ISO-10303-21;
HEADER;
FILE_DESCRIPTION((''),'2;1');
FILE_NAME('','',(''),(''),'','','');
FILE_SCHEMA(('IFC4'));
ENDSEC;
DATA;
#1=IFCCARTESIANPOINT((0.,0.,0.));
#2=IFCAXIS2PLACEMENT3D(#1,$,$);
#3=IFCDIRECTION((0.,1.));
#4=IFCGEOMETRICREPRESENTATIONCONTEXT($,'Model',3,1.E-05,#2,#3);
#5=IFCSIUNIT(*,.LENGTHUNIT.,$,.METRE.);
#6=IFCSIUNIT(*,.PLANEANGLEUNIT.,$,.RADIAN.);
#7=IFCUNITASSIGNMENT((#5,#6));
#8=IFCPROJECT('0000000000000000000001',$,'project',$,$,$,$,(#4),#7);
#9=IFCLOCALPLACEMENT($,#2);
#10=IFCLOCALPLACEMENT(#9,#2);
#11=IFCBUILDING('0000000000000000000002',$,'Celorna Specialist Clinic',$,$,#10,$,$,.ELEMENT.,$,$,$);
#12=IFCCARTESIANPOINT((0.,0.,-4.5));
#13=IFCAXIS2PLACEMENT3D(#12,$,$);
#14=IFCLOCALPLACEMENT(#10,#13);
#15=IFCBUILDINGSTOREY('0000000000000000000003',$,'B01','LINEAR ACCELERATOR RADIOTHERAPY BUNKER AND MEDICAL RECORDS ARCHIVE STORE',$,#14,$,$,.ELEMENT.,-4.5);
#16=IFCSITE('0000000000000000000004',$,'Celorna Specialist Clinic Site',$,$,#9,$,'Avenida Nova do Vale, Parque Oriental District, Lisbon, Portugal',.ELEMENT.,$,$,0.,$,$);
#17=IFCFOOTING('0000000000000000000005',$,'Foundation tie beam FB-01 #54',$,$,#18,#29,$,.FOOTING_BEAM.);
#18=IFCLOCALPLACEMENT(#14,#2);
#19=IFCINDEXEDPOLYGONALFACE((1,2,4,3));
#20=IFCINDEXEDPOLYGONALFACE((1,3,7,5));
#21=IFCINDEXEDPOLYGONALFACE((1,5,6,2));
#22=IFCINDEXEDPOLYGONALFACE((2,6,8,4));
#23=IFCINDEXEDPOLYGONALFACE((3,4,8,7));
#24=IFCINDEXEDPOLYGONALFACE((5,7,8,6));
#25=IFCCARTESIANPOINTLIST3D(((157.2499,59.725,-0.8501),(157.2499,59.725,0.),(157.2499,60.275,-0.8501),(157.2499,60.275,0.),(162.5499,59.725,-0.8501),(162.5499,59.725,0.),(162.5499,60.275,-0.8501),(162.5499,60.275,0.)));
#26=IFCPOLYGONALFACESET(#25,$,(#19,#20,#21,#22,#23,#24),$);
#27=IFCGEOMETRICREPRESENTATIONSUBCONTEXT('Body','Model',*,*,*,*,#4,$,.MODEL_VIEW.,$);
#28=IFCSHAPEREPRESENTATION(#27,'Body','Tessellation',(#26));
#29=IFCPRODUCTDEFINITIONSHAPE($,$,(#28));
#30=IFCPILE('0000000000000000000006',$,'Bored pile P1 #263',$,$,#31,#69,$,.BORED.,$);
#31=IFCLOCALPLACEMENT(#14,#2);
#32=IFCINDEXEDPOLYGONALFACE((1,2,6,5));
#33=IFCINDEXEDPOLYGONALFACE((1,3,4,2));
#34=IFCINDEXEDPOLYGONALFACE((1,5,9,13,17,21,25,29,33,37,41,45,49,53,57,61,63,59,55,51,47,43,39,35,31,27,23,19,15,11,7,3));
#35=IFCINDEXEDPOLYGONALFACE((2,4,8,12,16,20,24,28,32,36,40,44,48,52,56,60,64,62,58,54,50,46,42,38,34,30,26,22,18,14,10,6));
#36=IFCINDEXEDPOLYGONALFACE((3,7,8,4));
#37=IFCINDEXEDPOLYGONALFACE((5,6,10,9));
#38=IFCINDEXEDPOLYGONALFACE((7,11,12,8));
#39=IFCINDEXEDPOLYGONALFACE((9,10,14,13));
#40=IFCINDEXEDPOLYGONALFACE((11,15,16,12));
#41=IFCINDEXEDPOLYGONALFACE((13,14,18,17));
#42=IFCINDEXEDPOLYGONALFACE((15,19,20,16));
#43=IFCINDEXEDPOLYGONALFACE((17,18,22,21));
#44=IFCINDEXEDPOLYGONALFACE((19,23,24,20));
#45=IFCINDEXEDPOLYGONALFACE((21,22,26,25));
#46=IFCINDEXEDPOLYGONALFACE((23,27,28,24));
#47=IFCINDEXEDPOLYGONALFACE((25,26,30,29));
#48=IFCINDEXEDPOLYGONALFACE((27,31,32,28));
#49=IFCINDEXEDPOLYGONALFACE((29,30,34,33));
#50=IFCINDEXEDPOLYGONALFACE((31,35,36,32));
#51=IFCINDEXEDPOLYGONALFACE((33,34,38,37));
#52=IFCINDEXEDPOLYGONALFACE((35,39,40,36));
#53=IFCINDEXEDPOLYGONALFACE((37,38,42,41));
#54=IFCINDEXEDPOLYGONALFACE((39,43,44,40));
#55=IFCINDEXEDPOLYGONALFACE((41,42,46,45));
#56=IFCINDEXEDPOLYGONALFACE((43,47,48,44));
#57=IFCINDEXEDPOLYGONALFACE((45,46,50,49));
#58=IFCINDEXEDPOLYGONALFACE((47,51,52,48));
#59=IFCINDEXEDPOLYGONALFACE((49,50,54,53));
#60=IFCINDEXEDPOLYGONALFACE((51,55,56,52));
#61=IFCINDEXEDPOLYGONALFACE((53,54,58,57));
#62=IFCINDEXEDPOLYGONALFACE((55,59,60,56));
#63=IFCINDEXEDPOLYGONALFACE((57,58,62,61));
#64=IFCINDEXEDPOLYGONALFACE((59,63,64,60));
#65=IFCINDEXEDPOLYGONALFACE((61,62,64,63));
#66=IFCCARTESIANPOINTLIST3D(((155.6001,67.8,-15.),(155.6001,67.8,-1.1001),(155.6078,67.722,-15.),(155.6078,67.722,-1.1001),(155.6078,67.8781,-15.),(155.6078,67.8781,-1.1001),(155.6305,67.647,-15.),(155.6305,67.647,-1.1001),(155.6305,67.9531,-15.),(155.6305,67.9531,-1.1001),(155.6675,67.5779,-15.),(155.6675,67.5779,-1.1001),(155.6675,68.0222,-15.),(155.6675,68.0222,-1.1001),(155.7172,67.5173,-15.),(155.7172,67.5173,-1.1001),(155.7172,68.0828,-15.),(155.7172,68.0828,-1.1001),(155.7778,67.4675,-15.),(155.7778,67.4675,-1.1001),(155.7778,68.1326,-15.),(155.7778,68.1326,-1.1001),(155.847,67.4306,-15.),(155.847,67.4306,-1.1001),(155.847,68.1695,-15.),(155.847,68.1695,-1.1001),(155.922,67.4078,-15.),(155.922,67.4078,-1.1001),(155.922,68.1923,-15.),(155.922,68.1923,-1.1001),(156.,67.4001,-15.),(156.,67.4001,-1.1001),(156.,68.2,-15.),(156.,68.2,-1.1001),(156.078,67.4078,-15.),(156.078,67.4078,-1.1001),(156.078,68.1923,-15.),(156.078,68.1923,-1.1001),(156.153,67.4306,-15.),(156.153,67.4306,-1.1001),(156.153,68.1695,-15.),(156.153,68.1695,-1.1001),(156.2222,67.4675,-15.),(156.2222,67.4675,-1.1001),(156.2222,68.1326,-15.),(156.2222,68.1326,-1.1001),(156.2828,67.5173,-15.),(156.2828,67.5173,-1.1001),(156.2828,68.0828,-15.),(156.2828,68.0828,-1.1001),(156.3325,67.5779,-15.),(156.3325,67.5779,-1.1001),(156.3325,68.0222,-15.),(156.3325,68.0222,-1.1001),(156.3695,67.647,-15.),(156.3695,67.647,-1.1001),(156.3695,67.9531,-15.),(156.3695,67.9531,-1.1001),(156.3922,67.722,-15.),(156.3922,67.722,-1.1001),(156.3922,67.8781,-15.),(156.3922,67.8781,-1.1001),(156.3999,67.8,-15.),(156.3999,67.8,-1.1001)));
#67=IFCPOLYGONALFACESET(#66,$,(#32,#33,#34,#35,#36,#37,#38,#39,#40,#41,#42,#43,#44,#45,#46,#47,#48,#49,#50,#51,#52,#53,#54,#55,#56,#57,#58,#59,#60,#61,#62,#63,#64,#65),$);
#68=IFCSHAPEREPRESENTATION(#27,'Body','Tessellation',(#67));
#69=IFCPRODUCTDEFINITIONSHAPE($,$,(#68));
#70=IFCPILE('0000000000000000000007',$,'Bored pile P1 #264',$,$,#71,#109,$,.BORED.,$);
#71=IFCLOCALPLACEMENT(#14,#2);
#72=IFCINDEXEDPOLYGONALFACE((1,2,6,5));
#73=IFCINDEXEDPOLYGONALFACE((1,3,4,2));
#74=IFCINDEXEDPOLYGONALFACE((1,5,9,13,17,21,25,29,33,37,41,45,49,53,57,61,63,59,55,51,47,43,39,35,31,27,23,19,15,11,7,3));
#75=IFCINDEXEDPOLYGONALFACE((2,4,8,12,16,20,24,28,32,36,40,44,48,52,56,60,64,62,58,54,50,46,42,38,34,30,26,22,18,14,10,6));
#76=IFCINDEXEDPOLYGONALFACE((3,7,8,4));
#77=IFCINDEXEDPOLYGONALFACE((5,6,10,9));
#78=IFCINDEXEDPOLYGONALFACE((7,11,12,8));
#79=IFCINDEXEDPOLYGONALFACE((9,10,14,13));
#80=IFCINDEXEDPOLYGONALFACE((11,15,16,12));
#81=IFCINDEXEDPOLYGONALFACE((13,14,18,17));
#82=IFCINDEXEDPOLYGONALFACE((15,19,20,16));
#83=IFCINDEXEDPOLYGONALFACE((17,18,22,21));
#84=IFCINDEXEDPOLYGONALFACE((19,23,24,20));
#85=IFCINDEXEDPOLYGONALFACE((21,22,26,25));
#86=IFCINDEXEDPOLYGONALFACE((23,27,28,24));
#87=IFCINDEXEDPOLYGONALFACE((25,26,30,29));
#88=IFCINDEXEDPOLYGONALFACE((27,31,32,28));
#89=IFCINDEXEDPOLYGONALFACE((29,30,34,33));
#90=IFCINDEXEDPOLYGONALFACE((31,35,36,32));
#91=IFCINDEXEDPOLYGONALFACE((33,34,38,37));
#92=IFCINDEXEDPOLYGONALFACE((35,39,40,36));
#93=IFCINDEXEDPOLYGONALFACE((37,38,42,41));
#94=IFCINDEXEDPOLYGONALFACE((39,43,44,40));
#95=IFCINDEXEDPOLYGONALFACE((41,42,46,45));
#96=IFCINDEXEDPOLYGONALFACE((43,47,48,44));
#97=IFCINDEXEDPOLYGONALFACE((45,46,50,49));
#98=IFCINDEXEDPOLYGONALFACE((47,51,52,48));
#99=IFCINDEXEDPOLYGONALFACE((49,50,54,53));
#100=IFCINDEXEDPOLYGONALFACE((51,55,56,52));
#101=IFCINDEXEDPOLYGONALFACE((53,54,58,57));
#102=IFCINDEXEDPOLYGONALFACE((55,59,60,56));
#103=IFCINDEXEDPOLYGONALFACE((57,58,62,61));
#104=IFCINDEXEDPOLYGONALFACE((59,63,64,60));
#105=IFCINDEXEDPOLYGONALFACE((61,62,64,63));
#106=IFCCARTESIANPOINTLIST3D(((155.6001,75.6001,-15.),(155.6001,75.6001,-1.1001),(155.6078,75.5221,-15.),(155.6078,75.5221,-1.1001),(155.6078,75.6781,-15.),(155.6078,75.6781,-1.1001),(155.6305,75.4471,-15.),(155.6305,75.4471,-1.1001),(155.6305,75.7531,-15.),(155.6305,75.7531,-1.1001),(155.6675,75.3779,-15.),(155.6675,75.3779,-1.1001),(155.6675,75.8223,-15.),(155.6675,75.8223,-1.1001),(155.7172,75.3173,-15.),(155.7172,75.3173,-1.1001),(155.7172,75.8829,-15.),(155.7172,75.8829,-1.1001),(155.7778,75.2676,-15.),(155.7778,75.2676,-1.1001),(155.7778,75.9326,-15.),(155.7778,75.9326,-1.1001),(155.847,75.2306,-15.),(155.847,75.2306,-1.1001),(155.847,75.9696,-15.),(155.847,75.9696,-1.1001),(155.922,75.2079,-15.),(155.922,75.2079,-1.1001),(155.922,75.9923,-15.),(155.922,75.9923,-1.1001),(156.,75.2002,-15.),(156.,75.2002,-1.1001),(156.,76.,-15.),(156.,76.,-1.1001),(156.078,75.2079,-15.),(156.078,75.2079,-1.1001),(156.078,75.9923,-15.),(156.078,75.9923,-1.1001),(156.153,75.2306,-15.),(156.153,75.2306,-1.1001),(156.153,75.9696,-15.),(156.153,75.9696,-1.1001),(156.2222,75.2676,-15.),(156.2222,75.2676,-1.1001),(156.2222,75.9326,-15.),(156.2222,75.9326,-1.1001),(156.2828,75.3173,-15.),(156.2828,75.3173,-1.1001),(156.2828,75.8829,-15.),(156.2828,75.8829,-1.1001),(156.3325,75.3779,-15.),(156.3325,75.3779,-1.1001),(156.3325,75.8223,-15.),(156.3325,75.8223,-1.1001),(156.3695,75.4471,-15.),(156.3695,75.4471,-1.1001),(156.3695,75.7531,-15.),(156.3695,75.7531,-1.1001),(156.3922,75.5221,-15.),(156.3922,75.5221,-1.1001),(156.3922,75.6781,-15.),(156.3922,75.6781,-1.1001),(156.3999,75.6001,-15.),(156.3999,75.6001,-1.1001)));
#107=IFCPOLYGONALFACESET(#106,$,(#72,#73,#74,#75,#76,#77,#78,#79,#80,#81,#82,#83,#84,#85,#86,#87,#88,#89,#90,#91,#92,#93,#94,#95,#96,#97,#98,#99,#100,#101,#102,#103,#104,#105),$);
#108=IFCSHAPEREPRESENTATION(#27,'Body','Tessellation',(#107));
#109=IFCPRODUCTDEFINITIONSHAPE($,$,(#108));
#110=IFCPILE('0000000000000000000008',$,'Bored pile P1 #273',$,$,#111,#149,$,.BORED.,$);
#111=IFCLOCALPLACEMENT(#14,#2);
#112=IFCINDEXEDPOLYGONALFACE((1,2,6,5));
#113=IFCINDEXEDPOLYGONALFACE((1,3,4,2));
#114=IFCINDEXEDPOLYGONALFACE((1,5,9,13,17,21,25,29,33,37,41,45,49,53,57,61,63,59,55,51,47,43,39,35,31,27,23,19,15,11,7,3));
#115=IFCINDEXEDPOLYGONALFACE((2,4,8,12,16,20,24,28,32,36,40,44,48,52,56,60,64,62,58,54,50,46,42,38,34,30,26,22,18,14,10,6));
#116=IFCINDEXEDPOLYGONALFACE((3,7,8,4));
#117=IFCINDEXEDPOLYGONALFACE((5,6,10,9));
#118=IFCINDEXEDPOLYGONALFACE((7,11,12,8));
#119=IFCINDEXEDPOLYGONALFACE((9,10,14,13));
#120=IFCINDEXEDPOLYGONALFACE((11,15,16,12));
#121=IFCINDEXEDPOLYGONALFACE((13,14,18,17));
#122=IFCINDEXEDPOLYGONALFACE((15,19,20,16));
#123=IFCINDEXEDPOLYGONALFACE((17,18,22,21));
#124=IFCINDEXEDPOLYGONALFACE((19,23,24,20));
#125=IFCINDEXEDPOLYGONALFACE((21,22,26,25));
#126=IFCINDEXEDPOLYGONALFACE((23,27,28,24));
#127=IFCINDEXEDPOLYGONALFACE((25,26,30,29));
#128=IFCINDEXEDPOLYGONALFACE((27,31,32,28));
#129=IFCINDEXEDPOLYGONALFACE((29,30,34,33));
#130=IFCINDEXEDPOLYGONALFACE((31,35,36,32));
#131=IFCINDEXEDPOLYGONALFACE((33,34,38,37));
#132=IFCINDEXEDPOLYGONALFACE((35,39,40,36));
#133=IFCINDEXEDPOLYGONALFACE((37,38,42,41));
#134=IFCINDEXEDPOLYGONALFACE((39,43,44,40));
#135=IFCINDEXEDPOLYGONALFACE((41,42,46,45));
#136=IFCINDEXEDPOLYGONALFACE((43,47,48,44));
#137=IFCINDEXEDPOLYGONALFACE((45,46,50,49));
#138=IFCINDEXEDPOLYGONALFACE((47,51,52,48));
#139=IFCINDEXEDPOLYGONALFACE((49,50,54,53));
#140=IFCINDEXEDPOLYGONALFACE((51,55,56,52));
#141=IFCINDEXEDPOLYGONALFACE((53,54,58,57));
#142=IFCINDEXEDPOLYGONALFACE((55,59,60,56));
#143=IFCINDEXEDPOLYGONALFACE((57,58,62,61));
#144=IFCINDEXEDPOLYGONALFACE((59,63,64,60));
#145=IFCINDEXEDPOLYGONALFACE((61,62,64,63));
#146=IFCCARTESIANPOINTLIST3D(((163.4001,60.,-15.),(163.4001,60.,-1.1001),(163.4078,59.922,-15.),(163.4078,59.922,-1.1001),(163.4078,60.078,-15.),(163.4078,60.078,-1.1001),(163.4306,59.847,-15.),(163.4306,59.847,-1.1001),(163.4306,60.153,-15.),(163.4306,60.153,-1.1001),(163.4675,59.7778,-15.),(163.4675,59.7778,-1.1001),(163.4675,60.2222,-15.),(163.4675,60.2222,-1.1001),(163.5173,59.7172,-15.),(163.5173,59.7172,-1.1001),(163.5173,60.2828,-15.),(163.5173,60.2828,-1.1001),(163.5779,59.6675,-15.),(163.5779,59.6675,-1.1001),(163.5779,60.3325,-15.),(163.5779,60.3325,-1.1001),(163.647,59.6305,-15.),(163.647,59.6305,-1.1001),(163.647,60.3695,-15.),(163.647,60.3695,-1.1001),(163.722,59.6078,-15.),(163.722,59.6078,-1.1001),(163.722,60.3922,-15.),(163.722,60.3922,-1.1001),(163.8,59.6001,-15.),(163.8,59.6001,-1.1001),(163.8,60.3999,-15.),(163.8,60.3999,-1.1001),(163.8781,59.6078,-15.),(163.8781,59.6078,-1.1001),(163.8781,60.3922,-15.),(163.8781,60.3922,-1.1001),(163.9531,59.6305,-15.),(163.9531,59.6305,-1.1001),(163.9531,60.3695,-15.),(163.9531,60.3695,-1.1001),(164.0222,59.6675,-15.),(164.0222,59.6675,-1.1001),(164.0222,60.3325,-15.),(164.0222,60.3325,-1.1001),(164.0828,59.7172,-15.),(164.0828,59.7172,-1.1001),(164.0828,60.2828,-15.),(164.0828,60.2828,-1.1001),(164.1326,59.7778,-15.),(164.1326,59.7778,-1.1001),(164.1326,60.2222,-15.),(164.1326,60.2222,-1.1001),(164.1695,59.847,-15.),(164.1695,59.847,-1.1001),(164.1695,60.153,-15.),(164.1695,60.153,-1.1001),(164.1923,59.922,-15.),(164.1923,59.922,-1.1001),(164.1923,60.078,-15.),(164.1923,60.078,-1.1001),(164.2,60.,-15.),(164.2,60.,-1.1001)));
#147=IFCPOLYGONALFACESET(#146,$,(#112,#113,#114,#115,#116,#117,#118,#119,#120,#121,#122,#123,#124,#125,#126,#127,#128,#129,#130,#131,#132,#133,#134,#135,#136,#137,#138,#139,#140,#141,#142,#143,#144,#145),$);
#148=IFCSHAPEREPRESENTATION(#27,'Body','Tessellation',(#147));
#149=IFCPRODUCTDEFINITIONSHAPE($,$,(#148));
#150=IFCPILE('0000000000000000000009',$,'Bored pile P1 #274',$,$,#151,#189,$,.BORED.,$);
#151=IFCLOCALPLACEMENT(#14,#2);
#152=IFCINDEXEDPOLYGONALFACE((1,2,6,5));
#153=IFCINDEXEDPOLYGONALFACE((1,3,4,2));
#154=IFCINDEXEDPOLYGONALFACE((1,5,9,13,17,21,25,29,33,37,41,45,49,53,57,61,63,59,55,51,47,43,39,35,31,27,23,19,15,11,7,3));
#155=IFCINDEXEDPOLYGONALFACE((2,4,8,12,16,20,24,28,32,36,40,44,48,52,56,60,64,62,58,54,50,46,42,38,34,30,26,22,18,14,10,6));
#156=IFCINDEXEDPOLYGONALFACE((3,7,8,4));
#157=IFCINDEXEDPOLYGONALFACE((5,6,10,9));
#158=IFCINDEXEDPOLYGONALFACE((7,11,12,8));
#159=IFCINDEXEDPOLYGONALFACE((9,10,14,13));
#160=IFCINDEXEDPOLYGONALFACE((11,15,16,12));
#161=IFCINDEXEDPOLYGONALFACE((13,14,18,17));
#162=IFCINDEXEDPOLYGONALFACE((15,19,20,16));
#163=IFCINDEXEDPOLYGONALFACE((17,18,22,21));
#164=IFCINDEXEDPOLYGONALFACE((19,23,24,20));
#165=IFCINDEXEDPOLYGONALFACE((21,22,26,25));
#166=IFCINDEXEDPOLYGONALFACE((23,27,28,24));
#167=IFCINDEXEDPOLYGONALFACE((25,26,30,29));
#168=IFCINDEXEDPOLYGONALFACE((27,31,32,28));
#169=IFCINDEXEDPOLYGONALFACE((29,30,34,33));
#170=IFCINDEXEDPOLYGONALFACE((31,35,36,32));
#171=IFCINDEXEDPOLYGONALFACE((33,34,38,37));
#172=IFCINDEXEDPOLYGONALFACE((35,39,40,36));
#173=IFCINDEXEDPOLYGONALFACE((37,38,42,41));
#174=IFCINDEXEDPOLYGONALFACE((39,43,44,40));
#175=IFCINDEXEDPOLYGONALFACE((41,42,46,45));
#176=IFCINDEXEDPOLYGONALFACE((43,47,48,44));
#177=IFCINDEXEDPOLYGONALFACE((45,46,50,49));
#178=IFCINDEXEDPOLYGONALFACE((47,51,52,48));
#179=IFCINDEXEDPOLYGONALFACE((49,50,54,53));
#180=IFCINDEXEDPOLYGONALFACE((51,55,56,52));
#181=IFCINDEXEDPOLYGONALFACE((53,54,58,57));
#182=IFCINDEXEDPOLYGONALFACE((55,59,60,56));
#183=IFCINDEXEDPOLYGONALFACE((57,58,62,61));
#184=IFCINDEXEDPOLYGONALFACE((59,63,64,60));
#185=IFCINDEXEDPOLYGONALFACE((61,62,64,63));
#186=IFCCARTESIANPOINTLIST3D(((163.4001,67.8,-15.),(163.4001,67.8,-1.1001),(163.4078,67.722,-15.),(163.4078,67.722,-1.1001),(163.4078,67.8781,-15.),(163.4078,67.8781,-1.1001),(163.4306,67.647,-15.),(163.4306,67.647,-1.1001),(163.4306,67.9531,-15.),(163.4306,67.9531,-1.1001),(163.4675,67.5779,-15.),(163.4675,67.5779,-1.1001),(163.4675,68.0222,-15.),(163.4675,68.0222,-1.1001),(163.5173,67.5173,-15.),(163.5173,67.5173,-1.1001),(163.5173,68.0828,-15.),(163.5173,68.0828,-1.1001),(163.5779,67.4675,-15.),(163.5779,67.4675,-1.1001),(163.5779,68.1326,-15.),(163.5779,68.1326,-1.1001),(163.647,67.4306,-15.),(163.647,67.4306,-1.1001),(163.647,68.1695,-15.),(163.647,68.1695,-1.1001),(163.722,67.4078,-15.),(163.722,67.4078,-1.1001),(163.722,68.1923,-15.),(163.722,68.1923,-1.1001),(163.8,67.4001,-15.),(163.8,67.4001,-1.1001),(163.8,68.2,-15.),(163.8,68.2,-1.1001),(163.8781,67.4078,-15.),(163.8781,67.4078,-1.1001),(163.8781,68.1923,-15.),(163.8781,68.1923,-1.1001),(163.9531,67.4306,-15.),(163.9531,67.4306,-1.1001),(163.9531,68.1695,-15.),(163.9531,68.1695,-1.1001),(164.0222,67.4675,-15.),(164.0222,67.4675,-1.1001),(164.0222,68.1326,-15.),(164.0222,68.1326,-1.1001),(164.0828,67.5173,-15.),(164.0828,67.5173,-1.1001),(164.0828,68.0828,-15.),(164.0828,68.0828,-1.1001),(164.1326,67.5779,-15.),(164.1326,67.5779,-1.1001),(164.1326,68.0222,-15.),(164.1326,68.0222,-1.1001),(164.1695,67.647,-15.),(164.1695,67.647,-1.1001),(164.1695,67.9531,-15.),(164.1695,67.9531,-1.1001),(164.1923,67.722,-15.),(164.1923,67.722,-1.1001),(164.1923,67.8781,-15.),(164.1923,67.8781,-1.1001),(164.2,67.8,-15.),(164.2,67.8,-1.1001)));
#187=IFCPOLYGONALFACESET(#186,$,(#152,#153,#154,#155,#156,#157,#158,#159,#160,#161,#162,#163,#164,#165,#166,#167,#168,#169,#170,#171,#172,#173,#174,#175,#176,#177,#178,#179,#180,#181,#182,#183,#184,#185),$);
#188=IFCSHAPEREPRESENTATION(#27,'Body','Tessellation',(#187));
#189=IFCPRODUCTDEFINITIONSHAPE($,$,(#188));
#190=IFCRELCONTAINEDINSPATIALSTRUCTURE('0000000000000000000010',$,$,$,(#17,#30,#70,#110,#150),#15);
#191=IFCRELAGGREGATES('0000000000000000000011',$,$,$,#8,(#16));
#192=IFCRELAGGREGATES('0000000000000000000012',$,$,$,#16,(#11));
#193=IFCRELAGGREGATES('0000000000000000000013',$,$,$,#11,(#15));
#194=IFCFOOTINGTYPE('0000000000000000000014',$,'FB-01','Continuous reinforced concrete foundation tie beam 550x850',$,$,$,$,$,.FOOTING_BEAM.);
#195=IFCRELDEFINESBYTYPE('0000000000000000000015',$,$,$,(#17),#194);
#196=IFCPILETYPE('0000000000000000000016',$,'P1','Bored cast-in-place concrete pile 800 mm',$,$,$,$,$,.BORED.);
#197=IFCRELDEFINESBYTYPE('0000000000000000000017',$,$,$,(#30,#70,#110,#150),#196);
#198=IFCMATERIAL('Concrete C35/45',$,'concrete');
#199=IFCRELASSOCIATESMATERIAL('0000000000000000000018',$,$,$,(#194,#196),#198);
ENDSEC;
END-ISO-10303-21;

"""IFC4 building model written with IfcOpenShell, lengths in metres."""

from ifc_helpers import new_model, si_unit, direction, frame, origin, origin_2d, place, context, subcontext, project, spatial, rectangle, circle, extrude, material, material_profile, profile_set, type_object, element, save


model = new_model("IFC4")

# Units and contexts
model_context = context("Model", 3, precision=1e-05, world=origin(), true_north=direction((0.0, 1.0)))
body_context = subcontext(model_context, "Body", "Model", "MODEL_VIEW")
ifc_project = project(units=[si_unit("LENGTHUNIT", "METRE"), si_unit("PLANEANGLEUNIT", "RADIAN")], contexts=[model_context])

# Site, building, storey
site_placement = place(None, origin())
site = spatial("IfcSite", under=ifc_project, at=site_placement, Name="Celorna Specialist Clinic Site", LongName="Avenida Nova do Vale, Parque Oriental District, Lisbon, Portugal", CompositionType="ELEMENT", RefElevation=0.0)
building_placement = place(site_placement, origin())
building = spatial("IfcBuilding", under=site, at=building_placement, Name="Celorna Specialist Clinic", CompositionType="ELEMENT")
storey_placement = place(building_placement, frame((0.0, 0.0, -4.5)))
storey = spatial("IfcBuildingStorey", under=building, at=storey_placement, Name="B01", Description="LINEAR ACCELERATOR RADIOTHERAPY BUNKER AND MEDICAL RECORDS ARCHIVE STORE", CompositionType="ELEMENT", Elevation=-4.5)

# Footing
ifc_material_1 = material(Name="Concrete C35/45", Category="concrete")
footing_type_1 = type_object("IfcFootingType", Name="FB-01", Description="Continuous reinforced concrete foundation tie beam 550x850", PredefinedType="FOOTING_BEAM", material=ifc_material_1)
footing_placement = place(storey_placement, frame((159.8999, 60.0, -0.8501), z_axis=(0.0, 0.0, 1.0), x_axis=(1.0, 0.0, 0.0)))
element("IfcFooting", 1, at=footing_placement, inside=storey, type_object=footing_type_1, Name="Foundation tie beam FB-01 #54", PredefinedType="FOOTING_BEAM", context=body_context, shape_type="SweptSolid", body=[
    extrude(rectangle(XDim=5.3, YDim=0.55, at=origin_2d()), origin(), (0.0, 0.0, 1.0), 0.8501),
])

# Piles
ifc_material_profile_1 = material_profile(ifc_material_1, circle(Radius=0.3999, at=origin_2d()), Name="BORED PILE 800")
ifc_profile_set_1 = profile_set([ifc_material_profile_1], Name="Concrete C35/45")
pile_type = type_object("IfcPileType", Name="P1", Description="Bored cast-in-place concrete pile 800 mm", PredefinedType="BORED", material=ifc_profile_set_1)
for number, where, z_axis, x_axis, name in (
    (2, (156.0, 67.8, -1.1001), (0.0, 0.0, -1.0), (1.0, 0.0, 0.0), "Bored pile P1 #263"),
    (3, (156.0, 75.6001, -1.1001), (0.0, 0.0, -1.0), (1.0, 0.0, 0.0), "Bored pile P1 #264"),
    (4, (163.8, 60.0, -1.1001), (0.0, 0.0, -1.0), (1.0, 0.0, 0.0), "Bored pile P1 #273"),
    (5, (163.8, 67.8, -1.1001), (0.0, 0.0, -1.0), (1.0, 0.0, 0.0), "Bored pile P1 #274"),
):
    element("IfcPile", number, at=place(storey_placement, frame(where, z_axis=z_axis, x_axis=x_axis)), inside=storey, type_object=pile_type, Name=name, PredefinedType="BORED", context=body_context, shape_type="SweptSolid", body=[
        extrude(circle(Radius=0.3999, at=origin_2d()), origin(), (0.0, 0.0, 1.0), 13.8999),
    ])

save(model, "model.ifc")
